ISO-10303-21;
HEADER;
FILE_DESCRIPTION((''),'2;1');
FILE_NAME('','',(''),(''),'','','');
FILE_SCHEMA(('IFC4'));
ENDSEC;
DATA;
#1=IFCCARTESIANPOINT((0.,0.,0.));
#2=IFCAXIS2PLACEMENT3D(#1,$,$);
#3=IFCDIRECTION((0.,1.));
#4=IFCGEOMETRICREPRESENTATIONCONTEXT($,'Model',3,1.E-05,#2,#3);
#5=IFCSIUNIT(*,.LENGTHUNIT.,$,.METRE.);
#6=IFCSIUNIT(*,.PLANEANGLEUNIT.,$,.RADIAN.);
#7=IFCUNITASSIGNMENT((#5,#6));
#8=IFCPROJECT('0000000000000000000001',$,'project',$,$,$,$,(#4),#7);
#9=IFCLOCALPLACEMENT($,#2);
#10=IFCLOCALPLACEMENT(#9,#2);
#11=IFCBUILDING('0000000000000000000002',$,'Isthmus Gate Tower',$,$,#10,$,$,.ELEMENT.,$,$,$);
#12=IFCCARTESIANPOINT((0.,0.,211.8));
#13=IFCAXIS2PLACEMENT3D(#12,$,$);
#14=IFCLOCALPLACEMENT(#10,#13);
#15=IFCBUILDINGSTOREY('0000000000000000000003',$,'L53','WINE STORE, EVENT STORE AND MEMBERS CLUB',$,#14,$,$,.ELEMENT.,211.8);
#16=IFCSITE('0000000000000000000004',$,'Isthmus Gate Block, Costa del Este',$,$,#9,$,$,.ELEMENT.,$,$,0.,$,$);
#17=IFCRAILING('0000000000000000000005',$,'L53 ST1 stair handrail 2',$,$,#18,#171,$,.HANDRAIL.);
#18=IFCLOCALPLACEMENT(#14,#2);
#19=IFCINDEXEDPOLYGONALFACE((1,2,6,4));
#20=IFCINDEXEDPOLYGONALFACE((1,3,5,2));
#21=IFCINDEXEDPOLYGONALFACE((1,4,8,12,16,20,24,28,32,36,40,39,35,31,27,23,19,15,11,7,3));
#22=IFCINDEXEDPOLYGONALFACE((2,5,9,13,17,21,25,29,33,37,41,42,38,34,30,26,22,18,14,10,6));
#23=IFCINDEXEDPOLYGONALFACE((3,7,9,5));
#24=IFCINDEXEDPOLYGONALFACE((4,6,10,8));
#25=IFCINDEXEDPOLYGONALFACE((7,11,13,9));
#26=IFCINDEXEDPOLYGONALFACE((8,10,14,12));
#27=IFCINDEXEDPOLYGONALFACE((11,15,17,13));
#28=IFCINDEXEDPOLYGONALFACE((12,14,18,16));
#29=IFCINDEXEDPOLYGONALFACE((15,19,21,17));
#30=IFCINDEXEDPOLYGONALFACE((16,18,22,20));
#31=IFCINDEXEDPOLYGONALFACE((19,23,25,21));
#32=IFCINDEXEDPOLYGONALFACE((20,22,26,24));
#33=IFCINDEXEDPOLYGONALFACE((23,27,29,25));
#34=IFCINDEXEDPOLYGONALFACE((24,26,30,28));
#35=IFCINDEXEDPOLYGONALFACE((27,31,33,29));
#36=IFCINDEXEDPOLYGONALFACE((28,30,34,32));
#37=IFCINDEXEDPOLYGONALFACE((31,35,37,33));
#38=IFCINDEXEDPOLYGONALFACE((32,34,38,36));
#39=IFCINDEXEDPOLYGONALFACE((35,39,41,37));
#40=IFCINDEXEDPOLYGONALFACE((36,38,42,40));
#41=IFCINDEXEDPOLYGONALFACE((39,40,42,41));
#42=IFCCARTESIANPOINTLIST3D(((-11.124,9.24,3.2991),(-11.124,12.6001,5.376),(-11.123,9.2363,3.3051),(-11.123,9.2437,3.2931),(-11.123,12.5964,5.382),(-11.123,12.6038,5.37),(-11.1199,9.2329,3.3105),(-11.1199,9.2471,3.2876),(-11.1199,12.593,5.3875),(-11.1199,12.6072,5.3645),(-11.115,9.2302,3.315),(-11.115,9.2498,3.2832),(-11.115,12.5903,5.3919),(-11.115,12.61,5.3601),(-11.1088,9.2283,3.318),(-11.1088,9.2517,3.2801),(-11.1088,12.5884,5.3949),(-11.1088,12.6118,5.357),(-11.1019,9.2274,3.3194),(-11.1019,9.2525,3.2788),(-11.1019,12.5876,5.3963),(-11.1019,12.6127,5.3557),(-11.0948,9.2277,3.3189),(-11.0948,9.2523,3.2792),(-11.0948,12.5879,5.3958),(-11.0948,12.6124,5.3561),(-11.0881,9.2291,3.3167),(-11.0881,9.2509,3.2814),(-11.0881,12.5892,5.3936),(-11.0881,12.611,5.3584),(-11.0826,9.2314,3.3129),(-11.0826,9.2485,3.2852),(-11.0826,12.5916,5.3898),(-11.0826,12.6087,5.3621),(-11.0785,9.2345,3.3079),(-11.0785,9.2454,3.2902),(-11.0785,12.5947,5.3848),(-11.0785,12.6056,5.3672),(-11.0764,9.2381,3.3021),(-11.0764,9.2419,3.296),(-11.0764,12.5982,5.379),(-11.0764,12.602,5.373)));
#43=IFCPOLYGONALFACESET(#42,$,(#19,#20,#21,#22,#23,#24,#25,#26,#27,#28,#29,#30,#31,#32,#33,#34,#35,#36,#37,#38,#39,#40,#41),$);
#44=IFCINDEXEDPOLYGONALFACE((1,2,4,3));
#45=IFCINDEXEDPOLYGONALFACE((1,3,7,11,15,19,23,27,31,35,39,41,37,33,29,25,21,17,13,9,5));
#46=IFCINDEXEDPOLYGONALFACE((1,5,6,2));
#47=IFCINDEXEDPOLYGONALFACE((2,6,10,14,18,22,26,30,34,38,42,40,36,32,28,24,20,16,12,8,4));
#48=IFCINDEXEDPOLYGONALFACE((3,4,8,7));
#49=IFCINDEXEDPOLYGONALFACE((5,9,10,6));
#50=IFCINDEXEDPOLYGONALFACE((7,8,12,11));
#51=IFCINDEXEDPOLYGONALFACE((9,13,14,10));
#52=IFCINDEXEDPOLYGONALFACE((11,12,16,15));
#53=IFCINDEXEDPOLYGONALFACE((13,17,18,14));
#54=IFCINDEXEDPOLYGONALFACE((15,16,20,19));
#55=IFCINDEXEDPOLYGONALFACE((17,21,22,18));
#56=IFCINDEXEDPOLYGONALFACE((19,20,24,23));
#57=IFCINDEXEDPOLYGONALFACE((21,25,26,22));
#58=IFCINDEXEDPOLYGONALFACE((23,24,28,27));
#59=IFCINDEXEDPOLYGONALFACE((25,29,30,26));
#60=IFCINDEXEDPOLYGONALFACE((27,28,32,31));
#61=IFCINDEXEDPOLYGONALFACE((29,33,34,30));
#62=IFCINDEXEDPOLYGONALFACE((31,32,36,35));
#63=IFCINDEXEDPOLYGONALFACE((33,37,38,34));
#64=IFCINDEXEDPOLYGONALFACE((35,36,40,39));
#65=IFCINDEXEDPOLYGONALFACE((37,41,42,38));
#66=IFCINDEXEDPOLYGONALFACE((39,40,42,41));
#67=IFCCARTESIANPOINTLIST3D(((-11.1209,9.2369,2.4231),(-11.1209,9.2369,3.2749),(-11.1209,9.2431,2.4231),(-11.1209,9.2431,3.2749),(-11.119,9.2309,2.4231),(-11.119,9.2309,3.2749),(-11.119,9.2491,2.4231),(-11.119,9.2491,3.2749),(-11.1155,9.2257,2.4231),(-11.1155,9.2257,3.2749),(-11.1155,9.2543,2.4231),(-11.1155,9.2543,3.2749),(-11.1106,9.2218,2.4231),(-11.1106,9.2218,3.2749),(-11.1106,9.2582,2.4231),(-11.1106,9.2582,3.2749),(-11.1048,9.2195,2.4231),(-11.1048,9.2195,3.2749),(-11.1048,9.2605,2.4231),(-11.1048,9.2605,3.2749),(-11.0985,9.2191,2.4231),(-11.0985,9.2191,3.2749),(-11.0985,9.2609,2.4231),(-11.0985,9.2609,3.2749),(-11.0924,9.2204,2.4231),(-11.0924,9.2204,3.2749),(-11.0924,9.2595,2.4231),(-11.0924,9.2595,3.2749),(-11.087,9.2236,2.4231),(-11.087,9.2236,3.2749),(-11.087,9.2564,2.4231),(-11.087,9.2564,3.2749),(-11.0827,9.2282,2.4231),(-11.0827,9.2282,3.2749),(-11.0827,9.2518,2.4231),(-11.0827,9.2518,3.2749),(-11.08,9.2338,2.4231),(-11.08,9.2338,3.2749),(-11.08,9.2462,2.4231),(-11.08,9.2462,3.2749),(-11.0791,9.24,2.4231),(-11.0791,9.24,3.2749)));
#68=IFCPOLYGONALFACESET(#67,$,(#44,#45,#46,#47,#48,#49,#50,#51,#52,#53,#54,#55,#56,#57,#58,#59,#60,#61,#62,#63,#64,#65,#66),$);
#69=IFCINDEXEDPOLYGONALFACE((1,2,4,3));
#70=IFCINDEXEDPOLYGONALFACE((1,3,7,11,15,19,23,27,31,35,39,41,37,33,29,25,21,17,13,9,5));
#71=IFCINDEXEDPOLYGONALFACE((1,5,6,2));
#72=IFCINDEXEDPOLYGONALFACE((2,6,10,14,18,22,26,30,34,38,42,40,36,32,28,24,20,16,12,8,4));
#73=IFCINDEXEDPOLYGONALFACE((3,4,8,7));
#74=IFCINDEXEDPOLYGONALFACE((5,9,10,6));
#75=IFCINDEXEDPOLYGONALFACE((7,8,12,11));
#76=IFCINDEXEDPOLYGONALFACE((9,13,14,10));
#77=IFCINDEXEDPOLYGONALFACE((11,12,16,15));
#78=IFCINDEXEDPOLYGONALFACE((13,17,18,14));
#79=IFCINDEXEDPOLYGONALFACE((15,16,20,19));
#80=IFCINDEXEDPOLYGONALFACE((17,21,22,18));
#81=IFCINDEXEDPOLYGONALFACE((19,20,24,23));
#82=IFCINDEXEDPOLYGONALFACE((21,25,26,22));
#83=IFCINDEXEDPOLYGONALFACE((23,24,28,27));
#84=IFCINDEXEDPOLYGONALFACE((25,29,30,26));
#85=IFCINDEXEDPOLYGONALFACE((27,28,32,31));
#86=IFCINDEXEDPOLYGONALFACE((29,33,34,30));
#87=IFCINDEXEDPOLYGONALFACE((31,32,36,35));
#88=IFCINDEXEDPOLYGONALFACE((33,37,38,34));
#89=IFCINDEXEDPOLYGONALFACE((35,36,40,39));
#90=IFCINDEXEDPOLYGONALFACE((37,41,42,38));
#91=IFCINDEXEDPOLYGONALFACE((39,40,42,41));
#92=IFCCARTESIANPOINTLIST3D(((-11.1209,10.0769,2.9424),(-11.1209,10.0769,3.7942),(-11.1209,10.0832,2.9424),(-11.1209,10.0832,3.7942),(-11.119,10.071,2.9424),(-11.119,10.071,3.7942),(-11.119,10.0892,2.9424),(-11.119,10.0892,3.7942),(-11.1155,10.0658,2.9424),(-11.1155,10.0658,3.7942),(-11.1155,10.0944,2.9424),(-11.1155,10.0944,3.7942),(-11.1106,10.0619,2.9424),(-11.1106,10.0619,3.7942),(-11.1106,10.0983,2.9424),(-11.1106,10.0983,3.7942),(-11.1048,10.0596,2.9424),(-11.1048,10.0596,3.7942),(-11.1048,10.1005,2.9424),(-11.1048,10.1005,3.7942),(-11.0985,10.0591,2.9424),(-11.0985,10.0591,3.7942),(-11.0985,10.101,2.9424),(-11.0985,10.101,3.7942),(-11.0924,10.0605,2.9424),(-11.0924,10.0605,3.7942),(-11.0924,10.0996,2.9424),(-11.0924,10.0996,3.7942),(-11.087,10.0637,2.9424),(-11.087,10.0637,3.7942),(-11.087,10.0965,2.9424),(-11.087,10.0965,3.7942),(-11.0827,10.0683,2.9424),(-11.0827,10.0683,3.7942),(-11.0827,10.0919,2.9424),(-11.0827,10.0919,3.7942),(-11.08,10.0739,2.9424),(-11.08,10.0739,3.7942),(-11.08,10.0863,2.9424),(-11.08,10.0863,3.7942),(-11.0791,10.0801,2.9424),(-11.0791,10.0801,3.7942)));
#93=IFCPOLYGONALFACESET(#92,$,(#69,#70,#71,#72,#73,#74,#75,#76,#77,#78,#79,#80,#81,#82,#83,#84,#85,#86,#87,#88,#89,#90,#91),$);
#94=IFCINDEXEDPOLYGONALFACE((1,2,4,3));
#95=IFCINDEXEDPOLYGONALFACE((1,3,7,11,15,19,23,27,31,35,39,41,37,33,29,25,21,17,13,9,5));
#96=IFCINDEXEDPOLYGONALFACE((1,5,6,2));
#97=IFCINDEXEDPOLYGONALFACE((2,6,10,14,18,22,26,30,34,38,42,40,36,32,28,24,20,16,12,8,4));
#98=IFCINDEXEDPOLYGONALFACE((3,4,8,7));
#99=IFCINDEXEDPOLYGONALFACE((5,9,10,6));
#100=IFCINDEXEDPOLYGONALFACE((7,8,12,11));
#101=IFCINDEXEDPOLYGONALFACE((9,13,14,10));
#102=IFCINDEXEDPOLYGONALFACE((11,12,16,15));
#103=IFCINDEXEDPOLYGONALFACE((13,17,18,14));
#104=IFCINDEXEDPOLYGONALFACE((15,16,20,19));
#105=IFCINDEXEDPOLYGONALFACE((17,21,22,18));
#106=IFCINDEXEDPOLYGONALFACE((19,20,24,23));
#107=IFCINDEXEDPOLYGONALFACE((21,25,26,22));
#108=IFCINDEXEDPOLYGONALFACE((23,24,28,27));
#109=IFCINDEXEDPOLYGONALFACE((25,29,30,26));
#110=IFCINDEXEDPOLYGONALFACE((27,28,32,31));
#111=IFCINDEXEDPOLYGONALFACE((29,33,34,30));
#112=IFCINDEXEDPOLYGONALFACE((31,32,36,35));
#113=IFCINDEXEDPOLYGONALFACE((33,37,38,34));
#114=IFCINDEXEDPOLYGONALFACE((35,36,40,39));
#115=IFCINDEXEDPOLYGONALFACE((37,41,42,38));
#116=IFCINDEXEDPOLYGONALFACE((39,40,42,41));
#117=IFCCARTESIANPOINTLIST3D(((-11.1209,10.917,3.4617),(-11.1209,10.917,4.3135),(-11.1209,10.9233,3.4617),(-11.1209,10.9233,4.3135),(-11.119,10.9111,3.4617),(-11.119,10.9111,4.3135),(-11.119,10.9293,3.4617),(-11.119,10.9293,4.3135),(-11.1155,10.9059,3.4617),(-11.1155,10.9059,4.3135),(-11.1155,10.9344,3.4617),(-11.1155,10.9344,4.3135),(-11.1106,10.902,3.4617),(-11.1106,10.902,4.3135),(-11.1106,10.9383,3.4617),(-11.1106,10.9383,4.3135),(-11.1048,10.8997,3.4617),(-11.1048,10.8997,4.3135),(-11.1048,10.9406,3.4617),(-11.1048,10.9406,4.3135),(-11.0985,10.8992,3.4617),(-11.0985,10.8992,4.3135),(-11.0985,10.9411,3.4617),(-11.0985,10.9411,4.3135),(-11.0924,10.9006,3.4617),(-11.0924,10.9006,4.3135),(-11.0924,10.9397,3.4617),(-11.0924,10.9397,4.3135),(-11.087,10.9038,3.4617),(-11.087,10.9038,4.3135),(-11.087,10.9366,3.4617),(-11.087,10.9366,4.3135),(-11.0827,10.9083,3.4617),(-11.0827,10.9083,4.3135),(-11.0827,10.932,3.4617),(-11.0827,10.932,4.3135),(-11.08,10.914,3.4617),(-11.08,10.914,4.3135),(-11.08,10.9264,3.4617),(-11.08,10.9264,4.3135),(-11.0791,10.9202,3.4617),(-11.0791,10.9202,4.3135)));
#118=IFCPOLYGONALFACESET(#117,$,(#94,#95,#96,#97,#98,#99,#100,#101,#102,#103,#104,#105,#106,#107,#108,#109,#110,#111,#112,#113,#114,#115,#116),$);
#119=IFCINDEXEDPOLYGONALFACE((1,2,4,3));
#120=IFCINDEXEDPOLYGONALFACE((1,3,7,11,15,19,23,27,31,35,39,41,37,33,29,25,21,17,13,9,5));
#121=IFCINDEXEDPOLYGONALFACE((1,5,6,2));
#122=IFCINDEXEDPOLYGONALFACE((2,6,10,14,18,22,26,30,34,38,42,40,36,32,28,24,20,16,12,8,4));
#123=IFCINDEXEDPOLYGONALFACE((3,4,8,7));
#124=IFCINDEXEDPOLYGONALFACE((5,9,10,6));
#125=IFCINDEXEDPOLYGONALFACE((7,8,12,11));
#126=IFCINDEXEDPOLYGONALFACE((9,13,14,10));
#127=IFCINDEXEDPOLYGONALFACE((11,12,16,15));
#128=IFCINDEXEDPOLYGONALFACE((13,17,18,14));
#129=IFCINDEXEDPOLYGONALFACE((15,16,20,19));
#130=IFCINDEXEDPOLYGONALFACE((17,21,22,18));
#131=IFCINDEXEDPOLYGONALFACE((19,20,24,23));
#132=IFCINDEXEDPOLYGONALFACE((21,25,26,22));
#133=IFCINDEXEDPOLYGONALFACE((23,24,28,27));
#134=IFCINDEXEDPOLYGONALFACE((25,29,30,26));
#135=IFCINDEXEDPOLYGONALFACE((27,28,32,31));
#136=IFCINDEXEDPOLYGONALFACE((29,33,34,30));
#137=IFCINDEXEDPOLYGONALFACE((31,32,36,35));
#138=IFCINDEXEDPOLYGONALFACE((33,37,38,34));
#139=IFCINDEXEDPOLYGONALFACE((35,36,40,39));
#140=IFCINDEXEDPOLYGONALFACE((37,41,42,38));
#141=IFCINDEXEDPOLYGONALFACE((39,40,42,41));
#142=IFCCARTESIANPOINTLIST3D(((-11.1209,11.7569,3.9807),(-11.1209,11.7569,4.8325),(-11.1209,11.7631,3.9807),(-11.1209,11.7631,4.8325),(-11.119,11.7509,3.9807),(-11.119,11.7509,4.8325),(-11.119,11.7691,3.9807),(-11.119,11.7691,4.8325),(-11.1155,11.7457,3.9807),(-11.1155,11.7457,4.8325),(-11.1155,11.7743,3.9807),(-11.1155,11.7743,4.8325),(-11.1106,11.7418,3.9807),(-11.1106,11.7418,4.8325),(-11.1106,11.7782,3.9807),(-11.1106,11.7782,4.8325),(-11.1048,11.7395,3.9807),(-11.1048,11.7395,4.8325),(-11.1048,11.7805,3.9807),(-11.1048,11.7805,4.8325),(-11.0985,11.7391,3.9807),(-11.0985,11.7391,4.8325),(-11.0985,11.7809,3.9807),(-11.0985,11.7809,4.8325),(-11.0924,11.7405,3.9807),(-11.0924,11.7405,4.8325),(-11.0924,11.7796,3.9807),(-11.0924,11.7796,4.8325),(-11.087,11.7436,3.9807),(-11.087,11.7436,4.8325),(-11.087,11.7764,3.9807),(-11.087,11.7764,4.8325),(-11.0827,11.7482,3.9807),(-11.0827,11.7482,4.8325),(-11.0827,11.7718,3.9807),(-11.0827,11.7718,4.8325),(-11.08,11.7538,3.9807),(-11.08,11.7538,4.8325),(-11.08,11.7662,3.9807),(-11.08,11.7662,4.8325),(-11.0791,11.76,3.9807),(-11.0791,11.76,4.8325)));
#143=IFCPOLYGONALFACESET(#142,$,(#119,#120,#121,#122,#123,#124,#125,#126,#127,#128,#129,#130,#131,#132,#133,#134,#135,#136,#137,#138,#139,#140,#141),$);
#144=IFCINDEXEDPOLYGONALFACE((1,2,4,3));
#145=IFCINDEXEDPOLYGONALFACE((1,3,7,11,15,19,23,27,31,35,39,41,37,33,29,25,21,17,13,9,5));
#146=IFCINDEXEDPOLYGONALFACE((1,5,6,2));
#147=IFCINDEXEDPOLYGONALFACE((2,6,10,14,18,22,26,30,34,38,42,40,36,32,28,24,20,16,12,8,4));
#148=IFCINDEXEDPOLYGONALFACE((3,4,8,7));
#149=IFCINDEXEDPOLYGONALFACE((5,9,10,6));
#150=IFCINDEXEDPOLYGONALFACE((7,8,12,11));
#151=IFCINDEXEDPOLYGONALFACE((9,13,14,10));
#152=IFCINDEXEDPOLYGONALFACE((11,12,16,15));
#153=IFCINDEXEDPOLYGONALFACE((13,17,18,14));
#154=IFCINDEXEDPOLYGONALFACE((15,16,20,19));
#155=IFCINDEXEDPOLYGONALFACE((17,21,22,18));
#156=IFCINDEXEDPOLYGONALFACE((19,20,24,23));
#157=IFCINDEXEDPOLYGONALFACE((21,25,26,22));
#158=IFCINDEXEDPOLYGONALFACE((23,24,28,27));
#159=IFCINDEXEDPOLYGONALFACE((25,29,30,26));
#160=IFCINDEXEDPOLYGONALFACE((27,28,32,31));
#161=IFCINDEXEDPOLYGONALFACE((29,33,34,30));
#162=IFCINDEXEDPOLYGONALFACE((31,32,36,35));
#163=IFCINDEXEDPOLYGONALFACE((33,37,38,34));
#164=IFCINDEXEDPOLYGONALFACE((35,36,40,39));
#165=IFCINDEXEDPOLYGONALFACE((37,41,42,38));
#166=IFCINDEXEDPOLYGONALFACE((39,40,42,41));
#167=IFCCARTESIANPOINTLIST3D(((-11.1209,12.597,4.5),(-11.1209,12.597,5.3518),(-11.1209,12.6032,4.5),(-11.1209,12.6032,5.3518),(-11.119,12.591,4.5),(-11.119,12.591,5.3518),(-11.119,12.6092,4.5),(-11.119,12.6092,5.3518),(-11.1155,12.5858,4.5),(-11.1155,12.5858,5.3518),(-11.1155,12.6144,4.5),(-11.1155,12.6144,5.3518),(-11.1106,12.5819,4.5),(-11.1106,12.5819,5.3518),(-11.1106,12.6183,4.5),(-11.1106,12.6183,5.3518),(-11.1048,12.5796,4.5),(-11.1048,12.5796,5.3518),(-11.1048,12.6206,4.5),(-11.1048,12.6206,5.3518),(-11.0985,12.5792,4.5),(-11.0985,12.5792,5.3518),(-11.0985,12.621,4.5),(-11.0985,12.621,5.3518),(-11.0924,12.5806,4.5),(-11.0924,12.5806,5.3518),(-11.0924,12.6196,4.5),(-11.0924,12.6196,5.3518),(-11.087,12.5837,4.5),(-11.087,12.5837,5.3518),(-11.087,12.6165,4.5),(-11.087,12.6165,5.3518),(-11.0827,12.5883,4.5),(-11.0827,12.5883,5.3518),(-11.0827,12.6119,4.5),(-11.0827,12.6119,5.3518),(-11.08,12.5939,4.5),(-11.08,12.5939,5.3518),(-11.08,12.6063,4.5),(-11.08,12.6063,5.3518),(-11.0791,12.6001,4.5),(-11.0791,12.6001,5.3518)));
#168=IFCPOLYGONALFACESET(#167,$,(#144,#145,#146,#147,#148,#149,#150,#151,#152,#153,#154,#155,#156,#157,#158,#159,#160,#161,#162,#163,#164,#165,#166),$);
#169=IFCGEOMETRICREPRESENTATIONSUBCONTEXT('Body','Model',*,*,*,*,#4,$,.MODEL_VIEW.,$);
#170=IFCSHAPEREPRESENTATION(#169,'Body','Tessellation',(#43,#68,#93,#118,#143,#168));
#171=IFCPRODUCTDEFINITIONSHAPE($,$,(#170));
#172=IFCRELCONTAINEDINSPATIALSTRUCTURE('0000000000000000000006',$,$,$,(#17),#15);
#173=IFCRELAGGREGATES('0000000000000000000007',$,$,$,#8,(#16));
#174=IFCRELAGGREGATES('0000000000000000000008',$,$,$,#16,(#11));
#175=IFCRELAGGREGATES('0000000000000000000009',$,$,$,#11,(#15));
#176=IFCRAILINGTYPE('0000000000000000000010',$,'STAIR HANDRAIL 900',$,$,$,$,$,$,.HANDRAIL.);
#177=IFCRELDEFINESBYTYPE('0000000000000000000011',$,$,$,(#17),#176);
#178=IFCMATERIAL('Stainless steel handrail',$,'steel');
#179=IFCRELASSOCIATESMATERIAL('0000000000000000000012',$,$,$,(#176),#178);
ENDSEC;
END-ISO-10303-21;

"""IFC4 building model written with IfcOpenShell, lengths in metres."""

from ifc_helpers import new_model, si_unit, direction, frame, origin, origin_2d, place, context, subcontext, project, spatial, circle, extrude, material, type_object, element, save


model = new_model("IFC4")

# Units and contexts
model_context = context("Model", 3, precision=1e-05, world=origin(), true_north=direction((0.0, 1.0)))
body_context = subcontext(model_context, "Body", "Model", "MODEL_VIEW")
ifc_project = project(units=[si_unit("LENGTHUNIT", "METRE"), si_unit("PLANEANGLEUNIT", "RADIAN")], contexts=[model_context])

# Site, building, storey
site_placement = place(None, origin())
site = spatial("IfcSite", under=ifc_project, at=site_placement, Name="Isthmus Gate Block, Costa del Este", CompositionType="ELEMENT", RefElevation=0.0)
building_placement = place(site_placement, origin())
building = spatial("IfcBuilding", under=site, at=building_placement, Name="Isthmus Gate Tower", CompositionType="ELEMENT")
storey_placement = place(building_placement, frame((0.0, 0.0, 211.8)))
storey = spatial("IfcBuildingStorey", under=building, at=storey_placement, Name="L53", Description="WINE STORE, EVENT STORE AND MEMBERS CLUB", CompositionType="ELEMENT", Elevation=211.8)

# Railing
ifc_material_1 = material(Name="Stainless steel handrail", Category="steel")
railing_type_1 = type_object("IfcRailingType", Name="STAIR HANDRAIL 900", PredefinedType="HANDRAIL", material=ifc_material_1)
railing_1_placement = place(storey_placement, frame((-11.1001, 9.24, 2.4231)))
element("IfcRailing", 1, at=railing_1_placement, inside=storey, type_object=railing_type_1, Name="L53 ST1 stair handrail 2", PredefinedType="HANDRAIL", context=body_context, shape_type="SweptSolid", body=[
    extrude(circle(Radius=0.0239, at=origin_2d()), frame((0.0, 0.0, 0.876), z_axis=(0.0, 0.850623, 0.525776), x_axis=(-1.0, 0.0, 0.0)), (0.0, 0.0, 1.0), 3.9502),
    extrude(circle(Radius=0.021, at=origin_2d()), origin(), (0.0, 0.0, 1.0), 0.8518),
    extrude(circle(Radius=0.021, at=origin_2d()), frame((0.0, 0.8401, 0.5193)), (0.0, 0.0, 1.0), 0.8518),
    extrude(circle(Radius=0.021, at=origin_2d()), frame((0.0, 1.6802, 1.0386)), (0.0, 0.0, 1.0), 0.8518),
    extrude(circle(Radius=0.021, at=origin_2d()), frame((0.0, 2.52, 1.5576)), (0.0, 0.0, 1.0), 0.8518),
    extrude(circle(Radius=0.021, at=origin_2d()), frame((0.0, 3.3601, 2.0769)), (0.0, 0.0, 1.0), 0.8518),
])

save(model, "model.ifc")
